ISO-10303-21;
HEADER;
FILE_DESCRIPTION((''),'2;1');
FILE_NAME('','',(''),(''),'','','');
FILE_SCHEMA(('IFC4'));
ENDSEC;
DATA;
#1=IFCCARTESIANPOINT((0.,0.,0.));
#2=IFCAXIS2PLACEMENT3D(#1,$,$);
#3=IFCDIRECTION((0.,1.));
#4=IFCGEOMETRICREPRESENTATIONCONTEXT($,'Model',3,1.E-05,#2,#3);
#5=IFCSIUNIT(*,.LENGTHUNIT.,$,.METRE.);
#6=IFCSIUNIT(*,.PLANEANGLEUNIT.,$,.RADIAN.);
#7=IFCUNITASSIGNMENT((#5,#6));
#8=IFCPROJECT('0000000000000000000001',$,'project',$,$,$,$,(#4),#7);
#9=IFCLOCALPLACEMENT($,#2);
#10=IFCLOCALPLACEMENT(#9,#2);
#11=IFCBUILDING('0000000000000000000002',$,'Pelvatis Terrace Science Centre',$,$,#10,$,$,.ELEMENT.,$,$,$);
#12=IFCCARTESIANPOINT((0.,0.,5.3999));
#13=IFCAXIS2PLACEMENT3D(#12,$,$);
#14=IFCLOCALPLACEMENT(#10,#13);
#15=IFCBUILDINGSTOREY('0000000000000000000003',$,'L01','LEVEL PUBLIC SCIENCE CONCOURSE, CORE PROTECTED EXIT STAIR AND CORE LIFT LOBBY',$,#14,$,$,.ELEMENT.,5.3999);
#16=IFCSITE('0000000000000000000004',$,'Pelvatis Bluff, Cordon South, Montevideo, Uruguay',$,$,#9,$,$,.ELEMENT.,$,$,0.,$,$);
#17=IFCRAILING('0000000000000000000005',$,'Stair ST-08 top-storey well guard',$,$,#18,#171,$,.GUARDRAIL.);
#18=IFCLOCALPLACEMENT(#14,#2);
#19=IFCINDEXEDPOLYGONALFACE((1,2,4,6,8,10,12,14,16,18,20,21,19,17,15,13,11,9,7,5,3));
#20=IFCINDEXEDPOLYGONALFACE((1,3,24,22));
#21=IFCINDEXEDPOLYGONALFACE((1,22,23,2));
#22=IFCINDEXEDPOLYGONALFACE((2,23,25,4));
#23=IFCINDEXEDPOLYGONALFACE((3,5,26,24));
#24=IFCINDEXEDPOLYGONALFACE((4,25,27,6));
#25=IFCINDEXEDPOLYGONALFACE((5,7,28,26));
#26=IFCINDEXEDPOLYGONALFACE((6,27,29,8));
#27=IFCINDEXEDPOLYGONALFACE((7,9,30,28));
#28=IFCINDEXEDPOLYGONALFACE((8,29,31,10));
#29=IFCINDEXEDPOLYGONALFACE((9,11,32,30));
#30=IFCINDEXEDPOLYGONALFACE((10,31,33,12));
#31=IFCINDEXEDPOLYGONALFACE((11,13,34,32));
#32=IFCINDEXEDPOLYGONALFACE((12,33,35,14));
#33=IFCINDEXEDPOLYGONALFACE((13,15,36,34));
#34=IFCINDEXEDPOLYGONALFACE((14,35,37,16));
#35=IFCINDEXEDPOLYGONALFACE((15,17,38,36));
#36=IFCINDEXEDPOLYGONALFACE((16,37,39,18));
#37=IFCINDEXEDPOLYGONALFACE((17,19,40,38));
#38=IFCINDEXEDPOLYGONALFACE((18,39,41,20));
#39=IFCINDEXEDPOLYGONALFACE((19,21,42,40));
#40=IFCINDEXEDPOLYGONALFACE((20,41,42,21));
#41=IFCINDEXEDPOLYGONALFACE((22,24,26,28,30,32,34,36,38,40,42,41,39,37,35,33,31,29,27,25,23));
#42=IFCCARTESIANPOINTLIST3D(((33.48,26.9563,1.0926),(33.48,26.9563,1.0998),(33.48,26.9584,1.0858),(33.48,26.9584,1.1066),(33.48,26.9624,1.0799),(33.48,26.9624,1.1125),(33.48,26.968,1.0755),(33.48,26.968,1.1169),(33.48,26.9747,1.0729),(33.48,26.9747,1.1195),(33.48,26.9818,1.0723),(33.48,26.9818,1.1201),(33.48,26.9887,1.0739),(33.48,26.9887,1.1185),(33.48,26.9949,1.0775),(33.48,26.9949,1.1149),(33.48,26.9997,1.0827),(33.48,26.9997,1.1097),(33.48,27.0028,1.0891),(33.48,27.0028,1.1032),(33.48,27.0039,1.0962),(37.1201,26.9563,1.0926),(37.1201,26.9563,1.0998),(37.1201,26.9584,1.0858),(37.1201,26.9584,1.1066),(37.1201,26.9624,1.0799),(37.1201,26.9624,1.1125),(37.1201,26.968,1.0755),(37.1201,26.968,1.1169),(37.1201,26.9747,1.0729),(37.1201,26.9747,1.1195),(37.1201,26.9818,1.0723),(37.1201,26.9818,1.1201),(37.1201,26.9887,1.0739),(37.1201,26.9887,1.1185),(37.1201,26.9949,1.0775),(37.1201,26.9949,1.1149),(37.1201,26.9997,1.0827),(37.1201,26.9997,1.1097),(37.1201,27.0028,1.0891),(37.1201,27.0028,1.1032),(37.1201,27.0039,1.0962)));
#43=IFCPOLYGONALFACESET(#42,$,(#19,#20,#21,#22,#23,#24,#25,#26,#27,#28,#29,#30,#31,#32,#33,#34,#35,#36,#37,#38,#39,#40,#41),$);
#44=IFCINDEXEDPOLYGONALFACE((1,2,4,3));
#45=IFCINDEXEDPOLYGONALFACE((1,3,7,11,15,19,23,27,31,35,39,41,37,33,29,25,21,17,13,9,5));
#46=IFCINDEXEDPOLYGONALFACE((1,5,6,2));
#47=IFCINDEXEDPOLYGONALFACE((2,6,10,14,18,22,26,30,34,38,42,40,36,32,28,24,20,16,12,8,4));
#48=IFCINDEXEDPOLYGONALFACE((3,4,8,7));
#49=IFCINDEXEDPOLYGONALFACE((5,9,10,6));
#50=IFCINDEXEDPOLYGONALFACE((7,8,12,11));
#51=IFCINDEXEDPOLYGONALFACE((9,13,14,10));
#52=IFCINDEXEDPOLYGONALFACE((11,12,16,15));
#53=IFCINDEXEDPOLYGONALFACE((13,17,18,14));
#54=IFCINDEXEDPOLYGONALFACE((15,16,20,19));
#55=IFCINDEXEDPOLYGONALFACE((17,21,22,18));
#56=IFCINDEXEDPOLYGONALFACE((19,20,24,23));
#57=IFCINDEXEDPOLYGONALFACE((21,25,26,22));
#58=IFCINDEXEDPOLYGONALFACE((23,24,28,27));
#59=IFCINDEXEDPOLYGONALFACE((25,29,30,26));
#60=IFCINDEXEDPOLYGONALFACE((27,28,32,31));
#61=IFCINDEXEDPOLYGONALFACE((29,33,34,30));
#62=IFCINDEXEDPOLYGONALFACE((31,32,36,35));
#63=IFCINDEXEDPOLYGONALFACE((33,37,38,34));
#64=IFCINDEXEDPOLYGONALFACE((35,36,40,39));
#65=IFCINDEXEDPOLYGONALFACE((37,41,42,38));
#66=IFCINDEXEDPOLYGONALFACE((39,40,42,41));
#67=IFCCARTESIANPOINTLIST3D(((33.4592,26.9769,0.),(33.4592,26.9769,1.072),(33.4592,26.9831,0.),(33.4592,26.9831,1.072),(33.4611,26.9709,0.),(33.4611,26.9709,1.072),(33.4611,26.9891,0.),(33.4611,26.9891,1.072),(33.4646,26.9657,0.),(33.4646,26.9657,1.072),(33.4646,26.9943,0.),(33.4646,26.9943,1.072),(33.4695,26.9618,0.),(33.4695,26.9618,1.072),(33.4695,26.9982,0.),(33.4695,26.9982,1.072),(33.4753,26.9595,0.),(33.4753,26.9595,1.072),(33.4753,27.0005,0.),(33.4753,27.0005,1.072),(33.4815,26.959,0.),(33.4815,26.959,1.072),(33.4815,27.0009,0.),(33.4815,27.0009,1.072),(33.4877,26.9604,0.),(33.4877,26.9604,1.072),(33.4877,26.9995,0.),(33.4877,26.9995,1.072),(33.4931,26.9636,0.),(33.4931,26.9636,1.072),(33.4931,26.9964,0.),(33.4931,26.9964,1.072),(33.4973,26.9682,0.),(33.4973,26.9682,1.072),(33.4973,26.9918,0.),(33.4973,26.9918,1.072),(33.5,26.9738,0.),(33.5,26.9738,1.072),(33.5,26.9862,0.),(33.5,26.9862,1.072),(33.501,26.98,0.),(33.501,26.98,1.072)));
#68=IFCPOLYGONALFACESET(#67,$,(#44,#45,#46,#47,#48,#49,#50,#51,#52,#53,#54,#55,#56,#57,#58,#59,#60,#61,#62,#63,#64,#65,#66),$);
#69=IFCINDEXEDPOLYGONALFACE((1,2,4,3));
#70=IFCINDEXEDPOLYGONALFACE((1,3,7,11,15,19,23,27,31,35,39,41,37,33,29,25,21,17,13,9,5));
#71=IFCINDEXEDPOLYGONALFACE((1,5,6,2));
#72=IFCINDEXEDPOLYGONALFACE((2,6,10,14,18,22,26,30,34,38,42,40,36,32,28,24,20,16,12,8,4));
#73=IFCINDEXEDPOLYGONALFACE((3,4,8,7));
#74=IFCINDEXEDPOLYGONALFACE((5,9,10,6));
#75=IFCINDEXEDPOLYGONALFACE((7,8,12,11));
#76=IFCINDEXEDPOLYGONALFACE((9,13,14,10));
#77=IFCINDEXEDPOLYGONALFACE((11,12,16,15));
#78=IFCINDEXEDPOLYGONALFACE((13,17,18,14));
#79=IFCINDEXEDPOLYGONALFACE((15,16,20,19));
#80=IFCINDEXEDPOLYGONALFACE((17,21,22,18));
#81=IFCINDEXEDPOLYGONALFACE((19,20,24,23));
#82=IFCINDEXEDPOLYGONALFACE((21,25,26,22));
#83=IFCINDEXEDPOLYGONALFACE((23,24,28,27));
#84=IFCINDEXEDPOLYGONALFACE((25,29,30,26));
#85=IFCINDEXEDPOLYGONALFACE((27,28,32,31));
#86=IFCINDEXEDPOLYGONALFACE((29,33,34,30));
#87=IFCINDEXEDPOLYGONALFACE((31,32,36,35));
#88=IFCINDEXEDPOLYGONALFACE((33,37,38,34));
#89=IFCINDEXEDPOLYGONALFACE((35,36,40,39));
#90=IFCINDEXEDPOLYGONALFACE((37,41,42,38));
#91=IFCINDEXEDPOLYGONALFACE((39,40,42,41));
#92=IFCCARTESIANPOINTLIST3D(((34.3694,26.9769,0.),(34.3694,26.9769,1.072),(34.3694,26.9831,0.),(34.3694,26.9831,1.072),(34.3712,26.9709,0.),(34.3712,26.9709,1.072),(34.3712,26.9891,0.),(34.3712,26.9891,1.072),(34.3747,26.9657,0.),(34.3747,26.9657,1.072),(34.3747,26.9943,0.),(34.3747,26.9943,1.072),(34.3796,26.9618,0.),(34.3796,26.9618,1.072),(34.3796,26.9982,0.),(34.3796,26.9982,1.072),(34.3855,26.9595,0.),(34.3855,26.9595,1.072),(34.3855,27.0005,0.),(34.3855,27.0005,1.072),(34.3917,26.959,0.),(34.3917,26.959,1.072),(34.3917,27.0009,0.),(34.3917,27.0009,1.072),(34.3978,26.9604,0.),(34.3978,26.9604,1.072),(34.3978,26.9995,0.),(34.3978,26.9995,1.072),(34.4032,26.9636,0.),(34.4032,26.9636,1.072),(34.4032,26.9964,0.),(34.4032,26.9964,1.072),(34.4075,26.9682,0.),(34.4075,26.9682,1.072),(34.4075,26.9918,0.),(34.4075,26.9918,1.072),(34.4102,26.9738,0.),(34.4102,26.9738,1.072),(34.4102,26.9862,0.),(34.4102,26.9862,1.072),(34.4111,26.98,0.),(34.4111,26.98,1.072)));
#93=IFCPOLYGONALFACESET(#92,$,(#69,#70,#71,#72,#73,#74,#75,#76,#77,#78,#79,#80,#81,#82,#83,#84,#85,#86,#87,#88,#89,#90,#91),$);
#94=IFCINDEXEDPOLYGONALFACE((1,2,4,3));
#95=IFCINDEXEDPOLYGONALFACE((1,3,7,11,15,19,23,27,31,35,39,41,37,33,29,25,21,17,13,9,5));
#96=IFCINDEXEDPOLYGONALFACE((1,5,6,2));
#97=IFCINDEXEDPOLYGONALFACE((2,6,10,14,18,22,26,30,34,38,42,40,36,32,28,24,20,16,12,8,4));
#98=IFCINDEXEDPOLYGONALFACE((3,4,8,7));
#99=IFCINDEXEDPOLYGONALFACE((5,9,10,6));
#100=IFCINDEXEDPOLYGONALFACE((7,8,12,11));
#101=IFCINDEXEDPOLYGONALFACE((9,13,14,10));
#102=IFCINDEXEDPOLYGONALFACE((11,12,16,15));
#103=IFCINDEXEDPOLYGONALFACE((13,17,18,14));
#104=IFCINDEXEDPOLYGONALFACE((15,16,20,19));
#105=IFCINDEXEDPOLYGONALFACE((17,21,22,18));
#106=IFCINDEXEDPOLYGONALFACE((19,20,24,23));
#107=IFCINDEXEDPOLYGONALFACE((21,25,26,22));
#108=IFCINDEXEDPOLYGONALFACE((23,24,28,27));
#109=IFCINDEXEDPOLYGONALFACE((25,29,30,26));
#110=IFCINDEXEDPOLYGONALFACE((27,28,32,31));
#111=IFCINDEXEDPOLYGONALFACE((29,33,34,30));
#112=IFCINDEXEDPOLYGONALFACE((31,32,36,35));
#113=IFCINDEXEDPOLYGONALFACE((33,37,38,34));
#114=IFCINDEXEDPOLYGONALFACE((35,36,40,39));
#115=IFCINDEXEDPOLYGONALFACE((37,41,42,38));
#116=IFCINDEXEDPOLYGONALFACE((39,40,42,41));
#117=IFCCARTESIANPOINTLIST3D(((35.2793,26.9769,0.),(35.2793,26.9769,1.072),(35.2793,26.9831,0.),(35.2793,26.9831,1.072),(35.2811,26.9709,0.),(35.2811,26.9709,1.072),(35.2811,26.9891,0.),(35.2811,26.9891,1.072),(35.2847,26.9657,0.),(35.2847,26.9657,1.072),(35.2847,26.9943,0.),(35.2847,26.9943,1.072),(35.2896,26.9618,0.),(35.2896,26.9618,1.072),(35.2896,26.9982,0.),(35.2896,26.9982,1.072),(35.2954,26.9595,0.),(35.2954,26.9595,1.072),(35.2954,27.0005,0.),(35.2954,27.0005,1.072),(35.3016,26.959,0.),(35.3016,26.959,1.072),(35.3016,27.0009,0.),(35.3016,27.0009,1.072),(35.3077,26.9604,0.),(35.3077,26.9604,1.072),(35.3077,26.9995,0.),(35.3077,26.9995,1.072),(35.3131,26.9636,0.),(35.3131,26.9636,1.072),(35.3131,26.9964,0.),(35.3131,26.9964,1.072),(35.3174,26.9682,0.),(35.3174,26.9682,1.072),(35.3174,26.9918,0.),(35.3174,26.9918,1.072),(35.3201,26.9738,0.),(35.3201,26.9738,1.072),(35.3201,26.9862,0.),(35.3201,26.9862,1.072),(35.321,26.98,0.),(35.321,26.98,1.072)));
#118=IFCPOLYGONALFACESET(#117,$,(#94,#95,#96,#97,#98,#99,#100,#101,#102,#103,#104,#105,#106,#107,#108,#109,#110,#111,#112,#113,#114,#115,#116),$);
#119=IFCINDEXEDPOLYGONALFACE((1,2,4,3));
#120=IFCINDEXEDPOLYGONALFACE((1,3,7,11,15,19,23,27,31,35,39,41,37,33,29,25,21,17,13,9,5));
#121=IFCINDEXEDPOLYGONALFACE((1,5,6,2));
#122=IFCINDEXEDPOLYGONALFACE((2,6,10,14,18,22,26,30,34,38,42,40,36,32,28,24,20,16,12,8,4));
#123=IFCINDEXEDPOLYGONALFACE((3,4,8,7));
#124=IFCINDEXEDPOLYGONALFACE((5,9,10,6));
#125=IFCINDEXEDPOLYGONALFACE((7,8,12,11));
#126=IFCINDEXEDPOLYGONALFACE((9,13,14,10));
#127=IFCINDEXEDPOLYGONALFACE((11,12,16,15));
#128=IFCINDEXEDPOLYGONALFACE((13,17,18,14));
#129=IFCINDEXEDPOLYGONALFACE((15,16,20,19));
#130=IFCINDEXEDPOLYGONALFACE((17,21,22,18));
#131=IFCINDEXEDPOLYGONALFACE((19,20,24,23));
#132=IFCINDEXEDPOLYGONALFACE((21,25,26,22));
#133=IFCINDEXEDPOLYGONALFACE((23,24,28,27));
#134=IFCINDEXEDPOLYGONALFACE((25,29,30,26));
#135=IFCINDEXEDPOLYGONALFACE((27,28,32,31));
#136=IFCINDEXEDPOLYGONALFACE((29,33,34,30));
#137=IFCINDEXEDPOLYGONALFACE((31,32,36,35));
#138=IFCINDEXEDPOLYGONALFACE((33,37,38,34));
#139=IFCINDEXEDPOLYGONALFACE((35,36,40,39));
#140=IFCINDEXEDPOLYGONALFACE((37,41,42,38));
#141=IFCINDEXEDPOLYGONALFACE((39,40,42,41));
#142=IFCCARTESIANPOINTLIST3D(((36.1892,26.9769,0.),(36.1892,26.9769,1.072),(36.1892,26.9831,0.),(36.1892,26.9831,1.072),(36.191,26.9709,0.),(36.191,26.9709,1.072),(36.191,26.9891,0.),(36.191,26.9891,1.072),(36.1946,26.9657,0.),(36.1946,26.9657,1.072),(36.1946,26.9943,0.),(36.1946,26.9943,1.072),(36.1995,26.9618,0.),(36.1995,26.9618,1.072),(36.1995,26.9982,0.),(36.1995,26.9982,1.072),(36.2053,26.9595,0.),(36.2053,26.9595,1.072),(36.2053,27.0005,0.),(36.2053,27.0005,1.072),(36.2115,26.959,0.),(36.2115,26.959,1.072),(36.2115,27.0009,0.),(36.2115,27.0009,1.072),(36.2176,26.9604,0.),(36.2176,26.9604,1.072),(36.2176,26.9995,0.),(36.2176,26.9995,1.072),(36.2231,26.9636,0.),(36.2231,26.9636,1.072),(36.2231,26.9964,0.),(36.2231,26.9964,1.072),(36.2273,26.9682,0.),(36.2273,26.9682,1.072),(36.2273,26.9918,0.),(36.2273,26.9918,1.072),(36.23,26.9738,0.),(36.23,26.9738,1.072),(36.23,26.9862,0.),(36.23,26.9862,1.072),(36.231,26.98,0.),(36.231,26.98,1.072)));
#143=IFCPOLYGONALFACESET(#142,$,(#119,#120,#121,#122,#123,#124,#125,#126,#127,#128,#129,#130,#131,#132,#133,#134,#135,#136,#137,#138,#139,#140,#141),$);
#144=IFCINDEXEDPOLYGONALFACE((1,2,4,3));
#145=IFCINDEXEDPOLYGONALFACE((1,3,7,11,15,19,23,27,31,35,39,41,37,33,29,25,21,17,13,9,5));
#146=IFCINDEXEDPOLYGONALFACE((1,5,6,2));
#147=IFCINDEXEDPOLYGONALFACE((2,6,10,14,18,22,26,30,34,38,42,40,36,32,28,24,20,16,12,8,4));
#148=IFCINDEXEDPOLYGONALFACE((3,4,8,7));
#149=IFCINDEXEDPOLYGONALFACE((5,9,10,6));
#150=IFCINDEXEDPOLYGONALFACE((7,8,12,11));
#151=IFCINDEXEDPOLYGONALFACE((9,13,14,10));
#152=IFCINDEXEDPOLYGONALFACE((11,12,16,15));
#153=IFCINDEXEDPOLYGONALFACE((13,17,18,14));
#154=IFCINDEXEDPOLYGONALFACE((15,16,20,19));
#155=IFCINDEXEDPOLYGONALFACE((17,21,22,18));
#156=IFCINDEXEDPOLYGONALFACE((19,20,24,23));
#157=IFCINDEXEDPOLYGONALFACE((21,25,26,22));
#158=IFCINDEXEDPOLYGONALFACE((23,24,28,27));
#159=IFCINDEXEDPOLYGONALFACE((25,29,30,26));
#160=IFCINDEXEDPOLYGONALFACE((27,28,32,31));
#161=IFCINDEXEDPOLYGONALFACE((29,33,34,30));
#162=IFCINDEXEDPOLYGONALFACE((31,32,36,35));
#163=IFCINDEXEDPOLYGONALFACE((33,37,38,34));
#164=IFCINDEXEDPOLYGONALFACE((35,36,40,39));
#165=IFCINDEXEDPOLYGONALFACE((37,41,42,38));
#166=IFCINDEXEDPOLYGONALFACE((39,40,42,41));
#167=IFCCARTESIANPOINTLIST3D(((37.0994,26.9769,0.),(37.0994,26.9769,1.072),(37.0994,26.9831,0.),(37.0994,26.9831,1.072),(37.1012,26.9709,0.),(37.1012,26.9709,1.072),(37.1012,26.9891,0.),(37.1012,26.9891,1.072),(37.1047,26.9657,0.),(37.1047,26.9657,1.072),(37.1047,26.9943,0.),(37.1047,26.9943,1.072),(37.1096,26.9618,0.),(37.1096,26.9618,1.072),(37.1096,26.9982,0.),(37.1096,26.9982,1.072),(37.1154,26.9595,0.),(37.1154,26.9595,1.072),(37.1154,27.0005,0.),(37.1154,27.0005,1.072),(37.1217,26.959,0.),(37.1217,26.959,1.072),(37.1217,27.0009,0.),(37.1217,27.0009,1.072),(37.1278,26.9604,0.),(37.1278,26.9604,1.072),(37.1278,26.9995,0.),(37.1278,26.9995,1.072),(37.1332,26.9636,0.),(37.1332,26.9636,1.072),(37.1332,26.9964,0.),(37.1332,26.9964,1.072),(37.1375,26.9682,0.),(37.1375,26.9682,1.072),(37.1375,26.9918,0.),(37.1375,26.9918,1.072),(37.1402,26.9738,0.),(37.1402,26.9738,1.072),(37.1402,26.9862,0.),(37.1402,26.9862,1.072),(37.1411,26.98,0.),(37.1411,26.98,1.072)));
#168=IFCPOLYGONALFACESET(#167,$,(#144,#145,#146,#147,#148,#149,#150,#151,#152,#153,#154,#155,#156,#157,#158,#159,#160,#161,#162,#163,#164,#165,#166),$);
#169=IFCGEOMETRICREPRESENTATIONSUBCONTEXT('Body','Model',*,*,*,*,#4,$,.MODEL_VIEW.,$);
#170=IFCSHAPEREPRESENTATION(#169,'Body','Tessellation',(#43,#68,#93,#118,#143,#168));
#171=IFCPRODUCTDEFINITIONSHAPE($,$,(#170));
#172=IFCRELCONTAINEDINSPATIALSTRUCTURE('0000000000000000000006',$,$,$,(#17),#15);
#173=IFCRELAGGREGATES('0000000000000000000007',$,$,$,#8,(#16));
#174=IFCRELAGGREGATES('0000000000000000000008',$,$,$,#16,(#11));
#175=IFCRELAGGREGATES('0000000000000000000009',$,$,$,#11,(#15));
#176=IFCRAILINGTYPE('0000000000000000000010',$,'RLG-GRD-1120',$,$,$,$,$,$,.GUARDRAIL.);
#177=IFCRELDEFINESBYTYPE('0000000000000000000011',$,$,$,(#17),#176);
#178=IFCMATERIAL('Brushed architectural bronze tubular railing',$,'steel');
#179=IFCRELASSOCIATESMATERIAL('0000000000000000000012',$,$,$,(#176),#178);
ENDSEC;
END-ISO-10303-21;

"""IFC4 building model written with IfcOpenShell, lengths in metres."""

from ifc_helpers import new_model, si_unit, direction, frame, origin, origin_2d, place, context, subcontext, project, spatial, circle, extrude, material, type_object, element, save


model = new_model("IFC4")

# Units and contexts
model_context = context("Model", 3, precision=1e-05, world=origin(), true_north=direction((0.0, 1.0)))
body_context = subcontext(model_context, "Body", "Model", "MODEL_VIEW")
ifc_project = project(units=[si_unit("LENGTHUNIT", "METRE"), si_unit("PLANEANGLEUNIT", "RADIAN")], contexts=[model_context])

# Site, building, storey
site_placement = place(None, origin())
site = spatial("IfcSite", under=ifc_project, at=site_placement, Name="Pelvatis Bluff, Cordon South, Montevideo, Uruguay", CompositionType="ELEMENT", RefElevation=0.0)
building_placement = place(site_placement, origin())
building = spatial("IfcBuilding", under=site, at=building_placement, Name="Pelvatis Terrace Science Centre", CompositionType="ELEMENT")
storey_placement = place(building_placement, frame((0.0, 0.0, 5.3999)))
storey = spatial("IfcBuildingStorey", under=building, at=storey_placement, Name="L01", Description="LEVEL PUBLIC SCIENCE CONCOURSE, CORE PROTECTED EXIT STAIR AND CORE LIFT LOBBY", CompositionType="ELEMENT", Elevation=5.3999)

# Railing
ifc_material_1 = material(Name="Brushed architectural bronze tubular railing", Category="steel")
railing_type = type_object("IfcRailingType", Name="RLG-GRD-1120", PredefinedType="GUARDRAIL", material=ifc_material_1)
railing_placement = place(storey_placement, frame((33.48, 26.98, 0.0)))
element("IfcRailing", 1, at=railing_placement, inside=storey, type_object=railing_type, Name="Stair ST-08 top-storey well guard", PredefinedType="GUARDRAIL", context=body_context, shape_type="SweptSolid", body=[
    extrude(circle(Radius=0.0239, at=origin_2d()), frame((0.0, 0.0, 1.0962), z_axis=(1.0, 0.0, 0.0), x_axis=(0.0, 1.0, 0.0)), (0.0, 0.0, 1.0), 3.6401),
    extrude(circle(Radius=0.021, at=origin_2d()), origin(), (0.0, 0.0, 1.0), 1.072),
    extrude(circle(Radius=0.021, at=origin_2d()), frame((0.9102, 0.0, 0.0)), (0.0, 0.0, 1.0), 1.072),
    extrude(circle(Radius=0.021, at=origin_2d()), frame((1.8201, 0.0, 0.0)), (0.0, 0.0, 1.0), 1.072),
    extrude(circle(Radius=0.021, at=origin_2d()), frame((2.73, 0.0, 0.0)), (0.0, 0.0, 1.0), 1.072),
    extrude(circle(Radius=0.021, at=origin_2d()), frame((3.6401, 0.0, 0.0)), (0.0, 0.0, 1.0), 1.072),
])

save(model, "model.ifc")
